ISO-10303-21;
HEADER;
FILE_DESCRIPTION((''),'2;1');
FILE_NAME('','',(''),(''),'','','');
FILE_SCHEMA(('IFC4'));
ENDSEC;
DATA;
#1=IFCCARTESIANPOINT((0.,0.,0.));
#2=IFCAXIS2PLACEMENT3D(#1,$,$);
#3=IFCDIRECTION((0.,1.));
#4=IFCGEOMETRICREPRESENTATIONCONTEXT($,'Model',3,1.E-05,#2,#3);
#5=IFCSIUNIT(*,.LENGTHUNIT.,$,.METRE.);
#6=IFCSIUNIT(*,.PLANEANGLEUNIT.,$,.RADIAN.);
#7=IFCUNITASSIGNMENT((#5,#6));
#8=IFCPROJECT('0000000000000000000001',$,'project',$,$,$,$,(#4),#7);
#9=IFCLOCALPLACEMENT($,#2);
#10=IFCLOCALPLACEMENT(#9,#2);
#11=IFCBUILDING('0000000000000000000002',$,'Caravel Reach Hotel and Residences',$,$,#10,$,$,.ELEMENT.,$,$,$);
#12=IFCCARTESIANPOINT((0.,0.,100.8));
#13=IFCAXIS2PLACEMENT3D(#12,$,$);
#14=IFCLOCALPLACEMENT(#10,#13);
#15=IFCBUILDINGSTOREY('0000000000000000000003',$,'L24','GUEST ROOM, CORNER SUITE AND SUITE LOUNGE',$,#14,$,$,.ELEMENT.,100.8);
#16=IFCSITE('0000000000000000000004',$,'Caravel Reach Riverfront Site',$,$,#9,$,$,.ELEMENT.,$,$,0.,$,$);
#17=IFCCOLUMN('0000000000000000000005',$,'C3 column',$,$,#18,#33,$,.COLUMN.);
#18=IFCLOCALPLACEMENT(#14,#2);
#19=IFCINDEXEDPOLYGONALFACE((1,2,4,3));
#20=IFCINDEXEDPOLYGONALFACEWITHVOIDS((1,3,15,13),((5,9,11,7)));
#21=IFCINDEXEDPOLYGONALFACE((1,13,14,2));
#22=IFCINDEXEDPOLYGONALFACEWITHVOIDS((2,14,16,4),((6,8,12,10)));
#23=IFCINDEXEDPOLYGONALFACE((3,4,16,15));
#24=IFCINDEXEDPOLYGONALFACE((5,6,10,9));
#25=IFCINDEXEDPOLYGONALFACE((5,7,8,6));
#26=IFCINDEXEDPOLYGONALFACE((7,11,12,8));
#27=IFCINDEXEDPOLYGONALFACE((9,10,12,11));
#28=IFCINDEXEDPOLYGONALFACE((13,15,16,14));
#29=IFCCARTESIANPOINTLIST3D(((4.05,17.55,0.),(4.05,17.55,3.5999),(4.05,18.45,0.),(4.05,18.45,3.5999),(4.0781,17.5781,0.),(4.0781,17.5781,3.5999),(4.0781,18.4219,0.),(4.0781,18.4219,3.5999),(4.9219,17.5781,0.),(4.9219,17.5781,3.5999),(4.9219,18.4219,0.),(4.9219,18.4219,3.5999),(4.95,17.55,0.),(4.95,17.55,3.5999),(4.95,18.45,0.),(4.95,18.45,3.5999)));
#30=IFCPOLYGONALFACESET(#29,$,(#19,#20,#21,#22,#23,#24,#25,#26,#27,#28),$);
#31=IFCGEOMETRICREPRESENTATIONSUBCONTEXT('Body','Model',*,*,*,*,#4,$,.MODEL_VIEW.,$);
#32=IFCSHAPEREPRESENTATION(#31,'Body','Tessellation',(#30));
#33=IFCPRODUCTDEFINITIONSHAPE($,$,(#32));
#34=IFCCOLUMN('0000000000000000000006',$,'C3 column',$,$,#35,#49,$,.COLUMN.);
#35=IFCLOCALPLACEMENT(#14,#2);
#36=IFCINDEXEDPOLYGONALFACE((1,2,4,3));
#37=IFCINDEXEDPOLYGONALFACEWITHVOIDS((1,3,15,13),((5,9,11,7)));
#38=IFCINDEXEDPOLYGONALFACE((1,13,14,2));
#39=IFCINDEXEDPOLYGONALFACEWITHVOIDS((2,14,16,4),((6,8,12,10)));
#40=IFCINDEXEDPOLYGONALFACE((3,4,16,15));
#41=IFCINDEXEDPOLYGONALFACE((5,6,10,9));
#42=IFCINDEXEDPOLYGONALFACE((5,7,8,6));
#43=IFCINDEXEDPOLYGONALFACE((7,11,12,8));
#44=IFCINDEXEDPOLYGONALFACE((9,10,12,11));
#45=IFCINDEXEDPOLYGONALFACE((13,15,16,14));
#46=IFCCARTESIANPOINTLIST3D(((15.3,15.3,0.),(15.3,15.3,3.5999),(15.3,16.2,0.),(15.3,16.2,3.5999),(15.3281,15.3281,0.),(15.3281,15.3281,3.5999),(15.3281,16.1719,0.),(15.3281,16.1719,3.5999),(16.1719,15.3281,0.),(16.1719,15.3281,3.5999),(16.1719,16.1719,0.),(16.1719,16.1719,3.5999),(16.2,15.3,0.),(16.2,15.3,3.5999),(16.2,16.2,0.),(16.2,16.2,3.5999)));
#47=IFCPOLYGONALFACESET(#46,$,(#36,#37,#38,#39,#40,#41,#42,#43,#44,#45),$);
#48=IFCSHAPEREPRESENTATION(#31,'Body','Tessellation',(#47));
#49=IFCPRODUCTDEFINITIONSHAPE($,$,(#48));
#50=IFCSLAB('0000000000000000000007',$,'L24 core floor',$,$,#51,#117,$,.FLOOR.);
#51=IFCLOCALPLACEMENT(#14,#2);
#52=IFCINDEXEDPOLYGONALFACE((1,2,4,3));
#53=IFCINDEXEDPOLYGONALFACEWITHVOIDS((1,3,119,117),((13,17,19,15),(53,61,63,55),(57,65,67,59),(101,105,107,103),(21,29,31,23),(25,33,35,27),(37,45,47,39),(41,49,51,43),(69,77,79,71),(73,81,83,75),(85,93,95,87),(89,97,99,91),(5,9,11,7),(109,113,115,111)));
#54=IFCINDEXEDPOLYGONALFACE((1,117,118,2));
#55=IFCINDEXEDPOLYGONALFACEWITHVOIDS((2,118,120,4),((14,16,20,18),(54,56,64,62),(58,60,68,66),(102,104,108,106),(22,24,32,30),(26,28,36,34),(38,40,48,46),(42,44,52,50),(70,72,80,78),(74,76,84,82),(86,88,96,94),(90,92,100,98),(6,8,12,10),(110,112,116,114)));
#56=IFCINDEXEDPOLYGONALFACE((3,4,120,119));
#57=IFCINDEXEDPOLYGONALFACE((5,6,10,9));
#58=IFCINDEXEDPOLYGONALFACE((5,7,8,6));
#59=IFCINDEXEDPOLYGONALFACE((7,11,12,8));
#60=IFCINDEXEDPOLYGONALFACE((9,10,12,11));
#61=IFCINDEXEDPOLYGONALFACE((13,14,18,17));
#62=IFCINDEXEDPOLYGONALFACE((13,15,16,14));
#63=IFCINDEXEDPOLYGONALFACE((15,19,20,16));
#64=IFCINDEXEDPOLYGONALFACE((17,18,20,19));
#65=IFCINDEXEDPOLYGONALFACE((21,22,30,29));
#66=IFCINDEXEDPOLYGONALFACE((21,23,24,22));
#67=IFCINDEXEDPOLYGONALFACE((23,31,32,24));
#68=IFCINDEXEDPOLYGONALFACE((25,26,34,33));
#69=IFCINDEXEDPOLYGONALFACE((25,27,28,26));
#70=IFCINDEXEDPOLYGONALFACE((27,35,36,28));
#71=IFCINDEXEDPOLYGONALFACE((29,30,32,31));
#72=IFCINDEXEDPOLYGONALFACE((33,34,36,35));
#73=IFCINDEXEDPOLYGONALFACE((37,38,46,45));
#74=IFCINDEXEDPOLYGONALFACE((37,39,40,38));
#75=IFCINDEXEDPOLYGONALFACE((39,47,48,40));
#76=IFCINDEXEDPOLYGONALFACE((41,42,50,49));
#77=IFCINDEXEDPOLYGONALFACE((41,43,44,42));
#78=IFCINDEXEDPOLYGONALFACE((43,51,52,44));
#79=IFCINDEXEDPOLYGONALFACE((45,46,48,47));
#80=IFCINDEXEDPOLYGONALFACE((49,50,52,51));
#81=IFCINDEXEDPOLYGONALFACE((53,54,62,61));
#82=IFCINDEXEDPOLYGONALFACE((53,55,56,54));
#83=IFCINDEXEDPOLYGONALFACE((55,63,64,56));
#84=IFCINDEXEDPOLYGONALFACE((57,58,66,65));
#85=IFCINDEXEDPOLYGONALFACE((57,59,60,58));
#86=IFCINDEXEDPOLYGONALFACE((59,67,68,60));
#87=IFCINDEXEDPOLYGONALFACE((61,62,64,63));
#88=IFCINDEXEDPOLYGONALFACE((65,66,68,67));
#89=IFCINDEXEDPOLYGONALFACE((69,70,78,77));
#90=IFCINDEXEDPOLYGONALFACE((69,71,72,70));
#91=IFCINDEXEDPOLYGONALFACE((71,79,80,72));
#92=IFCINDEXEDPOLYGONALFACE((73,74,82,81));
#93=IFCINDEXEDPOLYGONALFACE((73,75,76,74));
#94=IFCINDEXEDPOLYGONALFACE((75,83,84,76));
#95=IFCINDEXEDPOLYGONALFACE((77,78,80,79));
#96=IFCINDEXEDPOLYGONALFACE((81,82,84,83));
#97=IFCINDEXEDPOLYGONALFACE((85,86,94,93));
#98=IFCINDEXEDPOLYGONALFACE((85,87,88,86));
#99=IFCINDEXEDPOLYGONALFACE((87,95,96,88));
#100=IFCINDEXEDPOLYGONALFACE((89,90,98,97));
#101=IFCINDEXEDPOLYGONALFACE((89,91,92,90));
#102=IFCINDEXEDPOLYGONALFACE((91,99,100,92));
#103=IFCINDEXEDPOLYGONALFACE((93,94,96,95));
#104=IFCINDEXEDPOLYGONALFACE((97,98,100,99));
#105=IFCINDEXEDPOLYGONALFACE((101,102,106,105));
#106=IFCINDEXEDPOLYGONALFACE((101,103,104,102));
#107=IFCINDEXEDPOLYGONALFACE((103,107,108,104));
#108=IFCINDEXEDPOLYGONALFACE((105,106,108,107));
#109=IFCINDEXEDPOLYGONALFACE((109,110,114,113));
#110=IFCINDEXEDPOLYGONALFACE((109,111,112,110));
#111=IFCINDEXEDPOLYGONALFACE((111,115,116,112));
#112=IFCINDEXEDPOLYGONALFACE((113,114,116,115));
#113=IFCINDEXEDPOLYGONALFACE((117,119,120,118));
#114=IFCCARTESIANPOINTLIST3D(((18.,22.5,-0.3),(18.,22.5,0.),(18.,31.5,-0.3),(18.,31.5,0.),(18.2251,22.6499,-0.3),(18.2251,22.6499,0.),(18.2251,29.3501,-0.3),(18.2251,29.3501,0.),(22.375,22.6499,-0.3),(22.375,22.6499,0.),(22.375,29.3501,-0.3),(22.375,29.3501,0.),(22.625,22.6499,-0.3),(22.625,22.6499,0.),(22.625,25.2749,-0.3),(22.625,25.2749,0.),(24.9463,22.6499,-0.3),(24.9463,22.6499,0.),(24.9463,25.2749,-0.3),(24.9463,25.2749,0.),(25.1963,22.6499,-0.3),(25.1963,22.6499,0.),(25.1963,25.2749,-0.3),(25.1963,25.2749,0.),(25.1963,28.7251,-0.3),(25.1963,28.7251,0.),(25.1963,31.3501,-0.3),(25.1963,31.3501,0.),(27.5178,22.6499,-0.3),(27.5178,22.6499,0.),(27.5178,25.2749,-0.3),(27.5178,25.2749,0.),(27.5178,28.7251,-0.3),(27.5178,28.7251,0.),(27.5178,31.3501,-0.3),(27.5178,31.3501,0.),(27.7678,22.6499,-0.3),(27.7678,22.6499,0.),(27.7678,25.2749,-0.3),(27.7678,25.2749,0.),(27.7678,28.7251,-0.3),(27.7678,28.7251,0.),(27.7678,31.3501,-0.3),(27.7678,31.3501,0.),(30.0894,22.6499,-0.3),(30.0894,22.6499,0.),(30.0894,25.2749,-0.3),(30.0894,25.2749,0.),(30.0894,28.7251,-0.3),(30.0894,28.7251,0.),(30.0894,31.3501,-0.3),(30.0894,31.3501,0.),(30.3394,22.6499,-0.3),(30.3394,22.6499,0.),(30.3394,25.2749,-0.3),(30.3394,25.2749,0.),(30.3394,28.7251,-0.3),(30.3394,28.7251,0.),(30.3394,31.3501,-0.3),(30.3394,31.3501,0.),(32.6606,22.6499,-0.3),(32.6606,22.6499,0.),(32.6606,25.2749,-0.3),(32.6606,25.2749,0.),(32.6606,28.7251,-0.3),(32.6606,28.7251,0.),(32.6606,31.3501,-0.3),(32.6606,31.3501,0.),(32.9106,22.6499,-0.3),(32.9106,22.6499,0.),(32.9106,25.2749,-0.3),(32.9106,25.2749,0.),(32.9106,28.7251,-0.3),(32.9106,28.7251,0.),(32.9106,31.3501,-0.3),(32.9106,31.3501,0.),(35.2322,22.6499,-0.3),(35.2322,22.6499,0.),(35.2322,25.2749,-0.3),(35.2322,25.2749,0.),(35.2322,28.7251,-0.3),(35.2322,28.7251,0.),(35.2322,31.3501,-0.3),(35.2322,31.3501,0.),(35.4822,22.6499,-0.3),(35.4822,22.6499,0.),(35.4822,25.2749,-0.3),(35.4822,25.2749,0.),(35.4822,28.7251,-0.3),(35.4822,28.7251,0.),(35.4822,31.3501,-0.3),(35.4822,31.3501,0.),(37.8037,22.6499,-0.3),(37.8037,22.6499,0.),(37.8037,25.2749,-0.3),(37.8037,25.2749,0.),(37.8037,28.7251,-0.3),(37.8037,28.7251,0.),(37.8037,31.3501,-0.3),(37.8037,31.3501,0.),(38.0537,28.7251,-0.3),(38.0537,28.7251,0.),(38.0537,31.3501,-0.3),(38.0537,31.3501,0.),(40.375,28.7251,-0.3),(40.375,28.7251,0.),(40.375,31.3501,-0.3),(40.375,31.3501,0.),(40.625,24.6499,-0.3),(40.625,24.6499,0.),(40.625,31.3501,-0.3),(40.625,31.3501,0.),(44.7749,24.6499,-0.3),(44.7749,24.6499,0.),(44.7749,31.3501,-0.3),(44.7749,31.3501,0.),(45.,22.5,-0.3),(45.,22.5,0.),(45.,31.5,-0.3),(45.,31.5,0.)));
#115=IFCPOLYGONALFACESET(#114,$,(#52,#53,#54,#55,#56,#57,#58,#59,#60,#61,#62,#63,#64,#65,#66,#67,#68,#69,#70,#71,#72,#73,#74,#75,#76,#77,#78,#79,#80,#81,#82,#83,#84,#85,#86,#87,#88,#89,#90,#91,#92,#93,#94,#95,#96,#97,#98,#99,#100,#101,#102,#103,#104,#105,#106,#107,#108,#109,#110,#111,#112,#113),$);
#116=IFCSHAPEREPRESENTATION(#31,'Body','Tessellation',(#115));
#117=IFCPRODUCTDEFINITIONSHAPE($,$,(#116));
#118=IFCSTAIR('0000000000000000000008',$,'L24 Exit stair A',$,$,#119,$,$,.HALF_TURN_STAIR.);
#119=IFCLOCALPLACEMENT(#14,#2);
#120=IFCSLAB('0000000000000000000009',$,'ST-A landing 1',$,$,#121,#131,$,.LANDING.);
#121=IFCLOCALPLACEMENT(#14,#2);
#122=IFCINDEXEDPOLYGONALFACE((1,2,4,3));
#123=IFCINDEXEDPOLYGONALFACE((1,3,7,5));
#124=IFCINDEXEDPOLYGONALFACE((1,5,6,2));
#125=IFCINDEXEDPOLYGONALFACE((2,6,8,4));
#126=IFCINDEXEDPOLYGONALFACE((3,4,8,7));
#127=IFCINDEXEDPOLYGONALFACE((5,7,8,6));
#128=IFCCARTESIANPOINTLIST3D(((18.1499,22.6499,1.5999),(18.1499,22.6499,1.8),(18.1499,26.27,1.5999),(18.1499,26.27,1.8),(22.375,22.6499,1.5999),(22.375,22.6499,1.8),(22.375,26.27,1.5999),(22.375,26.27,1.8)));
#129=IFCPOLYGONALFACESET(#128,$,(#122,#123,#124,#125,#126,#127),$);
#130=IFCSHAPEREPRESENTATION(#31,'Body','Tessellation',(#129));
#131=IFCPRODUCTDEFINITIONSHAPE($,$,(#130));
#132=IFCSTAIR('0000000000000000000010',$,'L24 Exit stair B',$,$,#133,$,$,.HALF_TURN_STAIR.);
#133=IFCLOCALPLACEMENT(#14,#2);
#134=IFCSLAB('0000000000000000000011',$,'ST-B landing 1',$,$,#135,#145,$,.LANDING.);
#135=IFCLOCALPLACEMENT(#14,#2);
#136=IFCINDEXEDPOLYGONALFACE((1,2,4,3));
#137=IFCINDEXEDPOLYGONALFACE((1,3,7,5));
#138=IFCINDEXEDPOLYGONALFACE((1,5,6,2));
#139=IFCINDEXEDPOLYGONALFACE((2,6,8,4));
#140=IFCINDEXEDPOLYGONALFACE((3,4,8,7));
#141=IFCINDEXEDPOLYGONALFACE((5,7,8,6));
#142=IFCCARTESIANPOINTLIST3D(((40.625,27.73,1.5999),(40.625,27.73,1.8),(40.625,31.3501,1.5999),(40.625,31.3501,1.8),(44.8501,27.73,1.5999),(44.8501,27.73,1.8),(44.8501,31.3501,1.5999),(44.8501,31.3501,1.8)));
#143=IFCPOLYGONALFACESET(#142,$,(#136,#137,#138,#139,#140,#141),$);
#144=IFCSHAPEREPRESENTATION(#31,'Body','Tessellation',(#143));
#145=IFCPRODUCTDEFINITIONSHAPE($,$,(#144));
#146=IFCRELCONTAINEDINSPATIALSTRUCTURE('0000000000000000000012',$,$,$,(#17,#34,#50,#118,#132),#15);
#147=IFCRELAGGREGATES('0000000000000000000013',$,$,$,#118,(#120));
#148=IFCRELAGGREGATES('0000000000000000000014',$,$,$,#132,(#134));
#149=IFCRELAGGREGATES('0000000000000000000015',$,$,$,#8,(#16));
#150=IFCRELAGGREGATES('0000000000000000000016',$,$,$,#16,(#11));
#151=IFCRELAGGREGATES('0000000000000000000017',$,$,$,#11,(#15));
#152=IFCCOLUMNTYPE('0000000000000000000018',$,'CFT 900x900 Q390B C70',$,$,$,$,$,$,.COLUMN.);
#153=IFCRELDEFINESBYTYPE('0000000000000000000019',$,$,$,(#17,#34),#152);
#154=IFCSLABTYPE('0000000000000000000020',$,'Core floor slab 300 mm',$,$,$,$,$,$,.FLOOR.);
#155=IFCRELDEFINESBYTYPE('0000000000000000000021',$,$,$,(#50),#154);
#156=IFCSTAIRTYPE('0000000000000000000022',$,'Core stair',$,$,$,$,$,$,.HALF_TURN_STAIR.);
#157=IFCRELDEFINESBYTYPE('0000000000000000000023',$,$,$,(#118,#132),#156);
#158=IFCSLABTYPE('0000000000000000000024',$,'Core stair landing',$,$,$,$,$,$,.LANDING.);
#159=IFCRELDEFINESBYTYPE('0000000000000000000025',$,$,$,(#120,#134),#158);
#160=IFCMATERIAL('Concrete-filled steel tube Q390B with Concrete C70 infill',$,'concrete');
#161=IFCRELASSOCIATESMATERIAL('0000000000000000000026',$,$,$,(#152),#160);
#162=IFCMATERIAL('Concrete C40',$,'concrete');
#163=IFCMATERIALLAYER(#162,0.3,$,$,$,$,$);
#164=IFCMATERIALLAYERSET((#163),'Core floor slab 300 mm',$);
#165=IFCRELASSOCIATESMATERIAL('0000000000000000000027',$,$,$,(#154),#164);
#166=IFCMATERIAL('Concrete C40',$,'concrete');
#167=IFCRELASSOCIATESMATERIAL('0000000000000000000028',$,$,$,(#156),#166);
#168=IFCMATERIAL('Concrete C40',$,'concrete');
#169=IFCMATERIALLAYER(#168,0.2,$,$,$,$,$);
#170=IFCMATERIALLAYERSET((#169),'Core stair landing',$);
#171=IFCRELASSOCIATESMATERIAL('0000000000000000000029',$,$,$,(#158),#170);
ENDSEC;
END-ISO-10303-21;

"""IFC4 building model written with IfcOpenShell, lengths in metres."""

from ifc_helpers import new_model, si_unit, direction, frame, origin, origin_2d, place, context, subcontext, project, spatial, polyline, hollow_rectangle, outline, extrude, material, layer, layer_set, material_profile, profile_set, type_object, element, aggregate, save


model = new_model("IFC4")

# Units and contexts
model_context = context("Model", 3, precision=1e-05, world=origin(), true_north=direction((0.0, 1.0)))
body_context = subcontext(model_context, "Body", "Model", "MODEL_VIEW")
ifc_project = project(units=[si_unit("LENGTHUNIT", "METRE"), si_unit("PLANEANGLEUNIT", "RADIAN")], contexts=[model_context])

# Site, building, storey
site_placement = place(None, origin())
site = spatial("IfcSite", under=ifc_project, at=site_placement, Name="Caravel Reach Riverfront Site", CompositionType="ELEMENT", RefElevation=0.0)
building_placement = place(site_placement, origin())
building = spatial("IfcBuilding", under=site, at=building_placement, Name="Caravel Reach Hotel and Residences", CompositionType="ELEMENT")
storey_placement = place(building_placement, frame((0.0, 0.0, 100.8)))
storey = spatial("IfcBuildingStorey", under=building, at=storey_placement, Name="L24", Description="GUEST ROOM, CORNER SUITE AND SUITE LOUNGE", CompositionType="ELEMENT", Elevation=100.8)

# Columns
ifc_material_1 = material(Name="Concrete-filled steel tube Q390B with Concrete C70 infill", Category="concrete")
ifc_material_profile = material_profile(ifc_material_1, hollow_rectangle(XDim=0.8999, YDim=0.8999, WallThickness=0.0281, at=origin_2d()), Name="RHS 900x900x28")
ifc_profile_set = profile_set([ifc_material_profile], Name="Concrete-filled steel tube Q390B with Concrete C70 infill")
column_type = type_object("IfcColumnType", Name="CFT 900x900 Q390B C70", PredefinedType="COLUMN", material=ifc_profile_set)
for number, where, z_axis, x_axis, name in (
    (1, (4.5, 18.0, 0.0), (0.0, 0.0, 1.0), (1.0, 0.0, 0.0), "C3 column"),
    (2, (15.75, 15.75, 0.0), (0.0, 0.0, 1.0), (1.0, 0.0, 0.0), "C3 column"),
):
    element("IfcColumn", number, at=place(storey_placement, frame(where, z_axis=z_axis, x_axis=x_axis)), inside=storey, type_object=column_type, Name=name, PredefinedType="COLUMN", context=body_context, shape_type="SweptSolid", body=[
        extrude(hollow_rectangle(XDim=0.8999, YDim=0.8999, WallThickness=0.0281, at=origin_2d()), origin(), (0.0, 0.0, 1.0), 3.5999),
    ])

# Slab
ifc_material_2 = material(Name="Concrete C40", Category="concrete")
ifc_layer_1 = layer(ifc_material_2, 0.3)
ifc_layer_set_1 = layer_set([ifc_layer_1], Name="Core floor slab 300 mm")
slab_type_1 = type_object("IfcSlabType", Name="Core floor slab 300 mm", PredefinedType="FLOOR", material=ifc_layer_set_1)
slab_1_placement = place(storey_placement, frame((0.0, 0.0, -0.3)))
element("IfcSlab", 3, at=slab_1_placement, inside=storey, type_object=slab_type_1, Name="L24 core floor", PredefinedType="FLOOR", context=body_context, shape_type="SweptSolid", body=[
    extrude(outline(polyline([(18.0, 31.5), (45.0, 31.5), (45.0, 22.5), (18.0, 22.5), (18.0, 31.5)]), holes=[polyline([(22.625, 25.2749), (22.625, 22.6499), (24.9463, 22.6499), (24.9463, 25.2749), (22.625, 25.2749)]), polyline([(27.5178, 25.2749), (25.1963, 25.2749), (25.1963, 22.6499), (27.5178, 22.6499), (27.5178, 25.2749)]), polyline([(30.0894, 25.2749), (27.7678, 25.2749), (27.7678, 22.6499), (30.0894, 22.6499), (30.0894, 25.2749)]), polyline([(32.6606, 25.2749), (30.3394, 25.2749), (30.3394, 22.6499), (32.6606, 22.6499), (32.6606, 25.2749)]), polyline([(18.2251, 22.6499), (22.375, 22.6499), (22.375, 29.3501), (18.2251, 29.3501), (18.2251, 22.6499)]), polyline([(27.5178, 31.3501), (25.1963, 31.3501), (25.1963, 28.7251), (27.5178, 28.7251), (27.5178, 31.3501)]), polyline([(30.0894, 31.3501), (27.7678, 31.3501), (27.7678, 28.7251), (30.0894, 28.7251), (30.0894, 31.3501)]), polyline([(32.9106, 25.2749), (32.9106, 22.6499), (35.2322, 22.6499), (35.2322, 25.2749), (32.9106, 25.2749)]), polyline([(37.8037, 25.2749), (35.4822, 25.2749), (35.4822, 22.6499), (37.8037, 22.6499), (37.8037, 25.2749)]), polyline([(44.7749, 31.3501), (40.625, 31.3501), (40.625, 24.6499), (44.7749, 24.6499), (44.7749, 31.3501)]), polyline([(32.6606, 31.3501), (30.3394, 31.3501), (30.3394, 28.7251), (32.6606, 28.7251), (32.6606, 31.3501)]), polyline([(35.2322, 31.3501), (32.9106, 31.3501), (32.9106, 28.7251), (35.2322, 28.7251), (35.2322, 31.3501)]), polyline([(37.8037, 31.3501), (35.4822, 31.3501), (35.4822, 28.7251), (37.8037, 28.7251), (37.8037, 31.3501)]), polyline([(40.375, 31.3501), (38.0537, 31.3501), (38.0537, 28.7251), (40.375, 28.7251), (40.375, 31.3501)])]), origin(), (0.0, 0.0, 1.0), 0.3),
])

# Stairs, slabs
ifc_material_3 = material(Name="Concrete C40", Category="concrete")
stair_type = type_object("IfcStairType", Name="Core stair", PredefinedType="HALF_TURN_STAIR", material=ifc_material_3)
stair_1_placement = place(storey_placement, origin())
stair_1 = element("IfcStair", 4, at=stair_1_placement, inside=storey, type_object=stair_type, Name="L24 Exit stair A", PredefinedType="HALF_TURN_STAIR")
ifc_material_4 = material(Name="Concrete C40", Category="concrete")
ifc_layer_2 = layer(ifc_material_4, 0.2)
ifc_layer_set_2 = layer_set([ifc_layer_2], Name="Core stair landing")
slab_type_2 = type_object("IfcSlabType", Name="Core stair landing", PredefinedType="LANDING", material=ifc_layer_set_2)
slab_2_placement = place(storey_placement, frame((0.0, 0.0, 1.5999)))
slab_2 = element("IfcSlab", 5, at=slab_2_placement, type_object=slab_type_2, Name="ST-A landing 1", PredefinedType="LANDING", context=body_context, shape_type="SweptSolid", body=[
    extrude(outline(polyline([(18.1499, 26.27), (18.1499, 22.6499), (22.375, 22.6499), (22.375, 26.27), (18.1499, 26.27)])), origin(), (0.0, 0.0, 1.0), 0.2002),
])
aggregate(stair_1, [slab_2])
stair_2_placement = place(storey_placement, origin())
stair_2 = element("IfcStair", 6, at=stair_2_placement, inside=storey, type_object=stair_type, Name="L24 Exit stair B", PredefinedType="HALF_TURN_STAIR")
slab_3_placement = place(storey_placement, frame((0.0, 0.0, 1.5999)))
slab_3 = element("IfcSlab", 7, at=slab_3_placement, type_object=slab_type_2, Name="ST-B landing 1", PredefinedType="LANDING", context=body_context, shape_type="SweptSolid", body=[
    extrude(outline(polyline([(44.8501, 27.73), (44.8501, 31.3501), (40.625, 31.3501), (40.625, 27.73), (44.8501, 27.73)])), origin(), (0.0, 0.0, 1.0), 0.2002),
])
aggregate(stair_2, [slab_3])

save(model, "model.ifc")
